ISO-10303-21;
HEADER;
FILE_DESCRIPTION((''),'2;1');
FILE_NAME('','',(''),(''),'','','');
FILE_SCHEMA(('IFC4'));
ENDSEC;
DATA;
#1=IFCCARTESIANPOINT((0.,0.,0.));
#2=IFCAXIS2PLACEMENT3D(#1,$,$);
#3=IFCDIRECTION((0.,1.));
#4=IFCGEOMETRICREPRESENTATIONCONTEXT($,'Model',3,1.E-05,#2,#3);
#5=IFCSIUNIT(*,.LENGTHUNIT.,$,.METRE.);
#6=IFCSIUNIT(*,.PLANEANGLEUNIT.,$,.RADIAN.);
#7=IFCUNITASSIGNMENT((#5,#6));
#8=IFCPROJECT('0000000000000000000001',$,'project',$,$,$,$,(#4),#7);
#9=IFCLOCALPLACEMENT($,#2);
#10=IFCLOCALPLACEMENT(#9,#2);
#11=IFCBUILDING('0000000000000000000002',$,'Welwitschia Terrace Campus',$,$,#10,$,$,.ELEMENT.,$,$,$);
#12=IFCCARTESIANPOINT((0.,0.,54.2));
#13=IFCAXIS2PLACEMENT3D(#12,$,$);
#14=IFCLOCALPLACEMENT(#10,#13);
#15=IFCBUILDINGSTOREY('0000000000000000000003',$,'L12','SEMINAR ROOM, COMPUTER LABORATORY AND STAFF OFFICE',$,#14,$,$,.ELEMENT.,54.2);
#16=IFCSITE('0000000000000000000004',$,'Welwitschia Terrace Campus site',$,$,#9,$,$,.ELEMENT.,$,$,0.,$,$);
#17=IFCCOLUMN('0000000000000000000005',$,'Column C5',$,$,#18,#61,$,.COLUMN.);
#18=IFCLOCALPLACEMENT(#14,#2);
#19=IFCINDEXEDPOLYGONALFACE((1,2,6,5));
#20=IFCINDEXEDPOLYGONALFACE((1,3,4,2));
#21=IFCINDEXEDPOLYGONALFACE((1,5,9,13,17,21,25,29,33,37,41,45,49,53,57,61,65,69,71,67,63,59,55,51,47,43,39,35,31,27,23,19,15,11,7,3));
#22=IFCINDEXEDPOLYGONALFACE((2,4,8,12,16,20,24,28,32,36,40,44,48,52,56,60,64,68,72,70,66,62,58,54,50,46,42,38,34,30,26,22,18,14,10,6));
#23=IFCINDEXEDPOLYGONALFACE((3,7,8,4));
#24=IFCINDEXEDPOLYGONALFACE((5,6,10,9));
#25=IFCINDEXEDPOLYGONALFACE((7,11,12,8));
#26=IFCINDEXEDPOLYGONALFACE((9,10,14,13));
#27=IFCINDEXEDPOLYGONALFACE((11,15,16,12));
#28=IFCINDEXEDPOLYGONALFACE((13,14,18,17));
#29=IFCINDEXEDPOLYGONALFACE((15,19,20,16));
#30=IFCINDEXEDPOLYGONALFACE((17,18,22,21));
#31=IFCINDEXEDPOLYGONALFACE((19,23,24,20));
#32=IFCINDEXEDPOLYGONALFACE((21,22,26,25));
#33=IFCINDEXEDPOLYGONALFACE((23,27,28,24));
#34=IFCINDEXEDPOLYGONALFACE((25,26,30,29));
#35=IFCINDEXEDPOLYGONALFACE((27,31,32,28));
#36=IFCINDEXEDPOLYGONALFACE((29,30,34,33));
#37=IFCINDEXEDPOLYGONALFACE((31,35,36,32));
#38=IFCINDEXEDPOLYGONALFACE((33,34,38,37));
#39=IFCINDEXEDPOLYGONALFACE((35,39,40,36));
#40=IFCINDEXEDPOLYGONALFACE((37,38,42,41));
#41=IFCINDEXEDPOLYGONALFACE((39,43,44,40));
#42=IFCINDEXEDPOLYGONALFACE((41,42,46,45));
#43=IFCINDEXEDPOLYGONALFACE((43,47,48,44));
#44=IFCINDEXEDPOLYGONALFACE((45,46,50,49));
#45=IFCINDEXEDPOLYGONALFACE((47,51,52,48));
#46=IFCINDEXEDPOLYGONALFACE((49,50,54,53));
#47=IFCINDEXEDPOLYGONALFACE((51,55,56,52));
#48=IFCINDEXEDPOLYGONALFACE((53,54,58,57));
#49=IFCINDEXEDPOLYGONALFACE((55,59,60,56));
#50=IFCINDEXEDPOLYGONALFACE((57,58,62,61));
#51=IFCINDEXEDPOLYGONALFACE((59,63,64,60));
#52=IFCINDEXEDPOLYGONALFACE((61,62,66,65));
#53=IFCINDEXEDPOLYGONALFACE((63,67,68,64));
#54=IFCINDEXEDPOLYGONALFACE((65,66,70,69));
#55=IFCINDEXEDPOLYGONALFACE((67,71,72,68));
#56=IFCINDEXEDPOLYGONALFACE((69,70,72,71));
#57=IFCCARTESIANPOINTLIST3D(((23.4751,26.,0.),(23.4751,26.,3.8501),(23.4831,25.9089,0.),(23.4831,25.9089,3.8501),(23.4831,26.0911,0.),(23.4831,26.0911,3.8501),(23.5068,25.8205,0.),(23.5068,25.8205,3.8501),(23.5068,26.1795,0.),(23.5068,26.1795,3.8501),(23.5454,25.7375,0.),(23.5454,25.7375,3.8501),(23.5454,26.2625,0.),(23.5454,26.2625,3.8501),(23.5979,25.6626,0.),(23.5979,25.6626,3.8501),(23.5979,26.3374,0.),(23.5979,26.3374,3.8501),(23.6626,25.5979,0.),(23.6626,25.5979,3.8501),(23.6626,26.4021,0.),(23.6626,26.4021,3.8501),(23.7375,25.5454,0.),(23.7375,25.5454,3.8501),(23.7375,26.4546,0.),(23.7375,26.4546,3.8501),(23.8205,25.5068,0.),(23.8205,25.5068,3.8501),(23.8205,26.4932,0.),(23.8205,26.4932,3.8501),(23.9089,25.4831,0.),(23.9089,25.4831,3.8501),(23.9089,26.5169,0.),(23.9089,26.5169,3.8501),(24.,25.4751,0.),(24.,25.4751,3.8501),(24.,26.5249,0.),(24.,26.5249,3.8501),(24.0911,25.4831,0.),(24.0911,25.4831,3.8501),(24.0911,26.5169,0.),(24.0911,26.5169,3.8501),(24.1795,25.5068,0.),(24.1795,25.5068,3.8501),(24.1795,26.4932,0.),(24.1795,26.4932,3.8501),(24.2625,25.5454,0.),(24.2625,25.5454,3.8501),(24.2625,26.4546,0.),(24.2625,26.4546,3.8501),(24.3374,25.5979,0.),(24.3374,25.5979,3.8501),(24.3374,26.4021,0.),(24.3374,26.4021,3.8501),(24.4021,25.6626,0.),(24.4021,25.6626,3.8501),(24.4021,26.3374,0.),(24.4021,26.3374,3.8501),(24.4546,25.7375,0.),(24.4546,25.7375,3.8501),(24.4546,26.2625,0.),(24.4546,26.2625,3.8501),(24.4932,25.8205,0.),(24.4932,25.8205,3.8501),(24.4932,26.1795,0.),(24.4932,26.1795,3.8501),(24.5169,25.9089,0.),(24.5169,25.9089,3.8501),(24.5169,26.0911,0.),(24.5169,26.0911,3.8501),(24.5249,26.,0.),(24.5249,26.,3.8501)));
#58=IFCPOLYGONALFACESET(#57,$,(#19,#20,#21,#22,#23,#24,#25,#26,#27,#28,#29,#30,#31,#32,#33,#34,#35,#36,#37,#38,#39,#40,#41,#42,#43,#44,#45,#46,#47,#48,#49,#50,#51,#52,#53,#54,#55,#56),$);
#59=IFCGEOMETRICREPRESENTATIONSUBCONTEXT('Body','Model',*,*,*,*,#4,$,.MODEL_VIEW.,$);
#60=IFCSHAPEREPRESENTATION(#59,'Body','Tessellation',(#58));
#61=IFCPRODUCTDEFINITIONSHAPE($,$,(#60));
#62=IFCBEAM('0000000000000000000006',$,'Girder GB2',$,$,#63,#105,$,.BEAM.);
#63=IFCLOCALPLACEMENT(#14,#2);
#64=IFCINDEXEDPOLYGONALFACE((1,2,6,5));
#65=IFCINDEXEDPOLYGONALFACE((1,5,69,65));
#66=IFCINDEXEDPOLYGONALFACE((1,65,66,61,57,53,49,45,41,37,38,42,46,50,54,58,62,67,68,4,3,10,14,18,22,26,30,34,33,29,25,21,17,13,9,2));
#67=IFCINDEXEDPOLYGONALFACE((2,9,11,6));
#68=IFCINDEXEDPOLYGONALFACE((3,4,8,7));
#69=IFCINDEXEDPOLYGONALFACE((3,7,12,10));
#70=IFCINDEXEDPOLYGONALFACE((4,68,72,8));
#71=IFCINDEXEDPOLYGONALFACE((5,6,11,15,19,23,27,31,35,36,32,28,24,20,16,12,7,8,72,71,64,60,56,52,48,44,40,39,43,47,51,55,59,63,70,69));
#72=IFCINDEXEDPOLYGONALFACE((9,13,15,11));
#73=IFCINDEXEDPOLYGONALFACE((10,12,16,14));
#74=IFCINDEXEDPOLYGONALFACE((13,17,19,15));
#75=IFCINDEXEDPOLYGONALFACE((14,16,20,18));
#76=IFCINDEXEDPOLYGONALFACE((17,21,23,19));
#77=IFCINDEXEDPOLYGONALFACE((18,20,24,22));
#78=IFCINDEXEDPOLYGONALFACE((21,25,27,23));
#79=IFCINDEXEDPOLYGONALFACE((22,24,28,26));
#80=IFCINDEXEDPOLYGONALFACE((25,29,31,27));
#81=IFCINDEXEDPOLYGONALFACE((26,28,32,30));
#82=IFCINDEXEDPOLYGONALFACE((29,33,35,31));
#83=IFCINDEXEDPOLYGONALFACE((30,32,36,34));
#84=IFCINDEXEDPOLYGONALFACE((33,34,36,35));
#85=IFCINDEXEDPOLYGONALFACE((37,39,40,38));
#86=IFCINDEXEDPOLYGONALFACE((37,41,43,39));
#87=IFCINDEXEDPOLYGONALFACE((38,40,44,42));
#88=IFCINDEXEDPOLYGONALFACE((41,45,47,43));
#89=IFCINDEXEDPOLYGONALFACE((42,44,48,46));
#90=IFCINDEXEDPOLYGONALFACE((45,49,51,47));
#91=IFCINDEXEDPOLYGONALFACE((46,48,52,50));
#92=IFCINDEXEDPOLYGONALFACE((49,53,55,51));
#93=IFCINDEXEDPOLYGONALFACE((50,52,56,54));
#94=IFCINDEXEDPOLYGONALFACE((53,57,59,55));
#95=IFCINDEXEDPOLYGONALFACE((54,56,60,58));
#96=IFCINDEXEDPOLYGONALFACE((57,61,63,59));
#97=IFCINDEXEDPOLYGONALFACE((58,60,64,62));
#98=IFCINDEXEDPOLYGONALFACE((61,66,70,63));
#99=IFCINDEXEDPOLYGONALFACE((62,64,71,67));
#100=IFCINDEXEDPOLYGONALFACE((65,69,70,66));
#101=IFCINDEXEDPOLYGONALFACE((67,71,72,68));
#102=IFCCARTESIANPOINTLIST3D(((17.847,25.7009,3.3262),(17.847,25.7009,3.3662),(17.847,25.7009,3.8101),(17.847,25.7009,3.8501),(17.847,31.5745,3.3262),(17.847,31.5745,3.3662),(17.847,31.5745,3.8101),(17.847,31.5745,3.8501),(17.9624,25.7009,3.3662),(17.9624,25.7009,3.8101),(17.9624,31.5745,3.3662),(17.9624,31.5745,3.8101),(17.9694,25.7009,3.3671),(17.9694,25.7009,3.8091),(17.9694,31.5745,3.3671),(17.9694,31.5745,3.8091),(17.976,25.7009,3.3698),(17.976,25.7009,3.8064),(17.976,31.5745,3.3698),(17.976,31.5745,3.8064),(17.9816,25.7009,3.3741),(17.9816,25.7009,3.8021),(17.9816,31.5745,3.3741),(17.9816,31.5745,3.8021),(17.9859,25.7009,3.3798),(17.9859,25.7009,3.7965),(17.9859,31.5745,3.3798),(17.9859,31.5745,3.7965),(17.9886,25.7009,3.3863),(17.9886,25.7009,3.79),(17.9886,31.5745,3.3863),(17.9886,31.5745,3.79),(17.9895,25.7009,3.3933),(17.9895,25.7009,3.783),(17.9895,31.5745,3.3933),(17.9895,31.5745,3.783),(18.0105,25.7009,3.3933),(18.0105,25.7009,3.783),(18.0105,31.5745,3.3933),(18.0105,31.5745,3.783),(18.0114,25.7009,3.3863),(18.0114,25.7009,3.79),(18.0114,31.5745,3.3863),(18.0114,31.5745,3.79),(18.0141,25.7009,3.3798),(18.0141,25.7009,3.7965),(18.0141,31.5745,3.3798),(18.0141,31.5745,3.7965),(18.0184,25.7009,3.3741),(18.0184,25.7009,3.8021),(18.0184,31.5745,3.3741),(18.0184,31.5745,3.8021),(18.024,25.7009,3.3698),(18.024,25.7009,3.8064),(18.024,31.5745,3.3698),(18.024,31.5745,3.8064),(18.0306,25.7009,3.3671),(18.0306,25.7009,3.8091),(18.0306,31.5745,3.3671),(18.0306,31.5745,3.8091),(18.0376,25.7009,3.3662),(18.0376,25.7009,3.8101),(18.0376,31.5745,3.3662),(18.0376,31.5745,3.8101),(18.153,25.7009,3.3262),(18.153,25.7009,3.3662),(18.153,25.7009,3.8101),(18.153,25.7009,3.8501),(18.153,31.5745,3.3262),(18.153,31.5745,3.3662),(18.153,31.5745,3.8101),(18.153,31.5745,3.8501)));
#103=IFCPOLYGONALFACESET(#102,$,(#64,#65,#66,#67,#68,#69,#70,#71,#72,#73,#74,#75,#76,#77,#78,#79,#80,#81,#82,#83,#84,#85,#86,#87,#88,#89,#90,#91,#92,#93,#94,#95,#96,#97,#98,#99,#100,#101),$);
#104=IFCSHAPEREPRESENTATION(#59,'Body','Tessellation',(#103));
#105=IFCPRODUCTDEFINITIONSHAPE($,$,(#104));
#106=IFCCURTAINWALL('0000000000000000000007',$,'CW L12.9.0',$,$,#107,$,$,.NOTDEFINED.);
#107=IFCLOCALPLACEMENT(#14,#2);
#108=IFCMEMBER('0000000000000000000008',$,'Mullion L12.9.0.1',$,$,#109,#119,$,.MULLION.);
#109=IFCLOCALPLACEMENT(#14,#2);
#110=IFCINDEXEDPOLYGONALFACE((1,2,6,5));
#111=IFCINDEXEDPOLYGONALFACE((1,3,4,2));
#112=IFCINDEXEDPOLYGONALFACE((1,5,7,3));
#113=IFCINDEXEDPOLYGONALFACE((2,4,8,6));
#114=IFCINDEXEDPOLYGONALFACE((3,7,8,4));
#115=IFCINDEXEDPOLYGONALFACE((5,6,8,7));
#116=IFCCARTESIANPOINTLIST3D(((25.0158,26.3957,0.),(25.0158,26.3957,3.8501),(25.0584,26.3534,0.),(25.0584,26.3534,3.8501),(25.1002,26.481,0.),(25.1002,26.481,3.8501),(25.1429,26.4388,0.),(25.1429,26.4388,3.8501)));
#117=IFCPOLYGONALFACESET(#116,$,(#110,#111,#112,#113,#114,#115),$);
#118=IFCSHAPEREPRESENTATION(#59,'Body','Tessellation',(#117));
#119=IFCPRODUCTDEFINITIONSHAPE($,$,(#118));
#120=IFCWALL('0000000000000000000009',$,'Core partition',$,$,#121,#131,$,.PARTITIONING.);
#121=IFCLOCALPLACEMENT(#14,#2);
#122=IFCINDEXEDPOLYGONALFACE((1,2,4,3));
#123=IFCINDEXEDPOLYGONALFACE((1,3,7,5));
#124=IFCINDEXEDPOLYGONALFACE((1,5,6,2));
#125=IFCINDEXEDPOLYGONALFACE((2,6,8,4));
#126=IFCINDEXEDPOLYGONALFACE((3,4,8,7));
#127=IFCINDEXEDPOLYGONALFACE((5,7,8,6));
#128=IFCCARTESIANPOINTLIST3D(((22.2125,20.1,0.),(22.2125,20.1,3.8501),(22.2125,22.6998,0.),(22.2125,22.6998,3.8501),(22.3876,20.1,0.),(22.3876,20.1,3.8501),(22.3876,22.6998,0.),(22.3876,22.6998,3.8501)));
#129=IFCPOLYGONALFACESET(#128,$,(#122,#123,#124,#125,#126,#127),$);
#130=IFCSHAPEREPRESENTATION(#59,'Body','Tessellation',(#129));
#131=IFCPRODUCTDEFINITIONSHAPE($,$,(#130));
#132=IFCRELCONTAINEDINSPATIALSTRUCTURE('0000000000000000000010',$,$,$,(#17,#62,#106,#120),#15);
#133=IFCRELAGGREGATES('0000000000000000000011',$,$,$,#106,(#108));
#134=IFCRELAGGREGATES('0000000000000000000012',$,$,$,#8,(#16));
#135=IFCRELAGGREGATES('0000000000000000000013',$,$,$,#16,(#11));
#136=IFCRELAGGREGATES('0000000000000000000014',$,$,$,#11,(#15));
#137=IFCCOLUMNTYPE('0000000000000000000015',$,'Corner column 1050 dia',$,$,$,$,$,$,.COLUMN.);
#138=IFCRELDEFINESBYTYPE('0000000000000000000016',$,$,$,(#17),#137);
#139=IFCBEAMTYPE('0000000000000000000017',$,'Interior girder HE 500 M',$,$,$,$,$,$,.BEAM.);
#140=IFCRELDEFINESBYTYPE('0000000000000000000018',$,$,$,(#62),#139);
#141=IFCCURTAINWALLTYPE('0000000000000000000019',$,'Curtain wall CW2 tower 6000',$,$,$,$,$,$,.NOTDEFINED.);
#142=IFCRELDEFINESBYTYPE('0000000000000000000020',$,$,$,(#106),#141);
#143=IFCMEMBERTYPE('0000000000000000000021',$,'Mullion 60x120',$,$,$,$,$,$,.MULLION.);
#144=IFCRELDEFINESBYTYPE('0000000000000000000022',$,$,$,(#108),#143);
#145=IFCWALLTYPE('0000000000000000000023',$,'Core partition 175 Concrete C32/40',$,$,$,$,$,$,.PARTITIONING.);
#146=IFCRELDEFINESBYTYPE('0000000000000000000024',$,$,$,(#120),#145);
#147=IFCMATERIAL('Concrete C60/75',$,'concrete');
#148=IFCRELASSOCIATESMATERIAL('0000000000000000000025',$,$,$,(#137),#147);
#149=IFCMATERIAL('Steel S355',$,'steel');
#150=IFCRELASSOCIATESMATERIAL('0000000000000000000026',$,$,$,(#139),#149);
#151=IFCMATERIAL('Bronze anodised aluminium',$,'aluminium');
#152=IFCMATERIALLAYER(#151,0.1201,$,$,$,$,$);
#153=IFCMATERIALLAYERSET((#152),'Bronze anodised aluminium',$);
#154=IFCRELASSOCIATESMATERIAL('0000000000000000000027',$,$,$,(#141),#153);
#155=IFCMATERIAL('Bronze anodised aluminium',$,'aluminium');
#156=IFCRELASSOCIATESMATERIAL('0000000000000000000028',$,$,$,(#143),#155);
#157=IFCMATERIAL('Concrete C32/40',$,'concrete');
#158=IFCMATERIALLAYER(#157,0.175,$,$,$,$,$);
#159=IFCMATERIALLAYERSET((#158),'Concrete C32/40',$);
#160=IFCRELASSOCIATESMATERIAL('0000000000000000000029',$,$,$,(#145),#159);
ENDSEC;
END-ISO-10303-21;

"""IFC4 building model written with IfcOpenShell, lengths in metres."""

from ifc_helpers import new_model, si_unit, direction, frame, frame_2d, origin, origin_2d, place, context, subcontext, project, spatial, rectangle, circle, i_section, extrude, material, layer, layer_set, material_profile, profile_set, type_object, element, aggregate, save


model = new_model("IFC4")

# Units and contexts
model_context = context("Model", 3, precision=1e-05, world=origin(), true_north=direction((0.0, 1.0)))
body_context = subcontext(model_context, "Body", "Model", "MODEL_VIEW")
ifc_project = project(units=[si_unit("LENGTHUNIT", "METRE"), si_unit("PLANEANGLEUNIT", "RADIAN")], contexts=[model_context])

# Site, building, storey
site_placement = place(None, origin())
site = spatial("IfcSite", under=ifc_project, at=site_placement, Name="Welwitschia Terrace Campus site", CompositionType="ELEMENT", RefElevation=0.0)
building_placement = place(site_placement, origin())
building = spatial("IfcBuilding", under=site, at=building_placement, Name="Welwitschia Terrace Campus", CompositionType="ELEMENT")
storey_placement = place(building_placement, frame((0.0, 0.0, 54.2)))
storey = spatial("IfcBuildingStorey", under=building, at=storey_placement, Name="L12", Description="SEMINAR ROOM, COMPUTER LABORATORY AND STAFF OFFICE", CompositionType="ELEMENT", Elevation=54.2)

# Column
ifc_material_1 = material(Name="Concrete C60/75", Category="concrete")
ifc_material_profile_1 = material_profile(ifc_material_1, circle(Radius=0.5249, at=origin_2d()))
ifc_profile_set_1 = profile_set([ifc_material_profile_1], Name="Concrete C60/75")
column_type = type_object("IfcColumnType", Name="Corner column 1050 dia", PredefinedType="COLUMN", material=ifc_profile_set_1)
column_placement = place(storey_placement, frame((24.0, 26.0, 0.0), z_axis=(0.0, 0.0, 1.0), x_axis=(1.0, 0.0, 0.0)))
element("IfcColumn", 1, at=column_placement, inside=storey, type_object=column_type, Name="Column C5", PredefinedType="COLUMN", context=body_context, shape_type="SweptSolid", body=[
    extrude(circle(Radius=0.5249, at=origin_2d()), origin(), (0.0, 0.0, 1.0), 3.8501),
])

# Beam
ifc_material_2 = material(Name="Steel S355", Category="steel")
ifc_material_profile_2 = material_profile(ifc_material_2, i_section(OverallWidth=0.3059, OverallDepth=0.5239, WebThickness=0.021, FlangeThickness=0.04, FilletRadius=0.0271, at=origin_2d()))
ifc_profile_set_2 = profile_set([ifc_material_profile_2], Name="Steel S355")
beam_type = type_object("IfcBeamType", Name="Interior girder HE 500 M", PredefinedType="BEAM", material=ifc_profile_set_2)
beam_placement = place(storey_placement, frame((18.0, 25.7009, 3.5881), z_axis=(0.0, 1.0, 0.0), x_axis=(-1.0, 0.0, 0.0)))
element("IfcBeam", 2, at=beam_placement, inside=storey, type_object=beam_type, Name="Girder GB2", PredefinedType="BEAM", context=body_context, shape_type="SweptSolid", body=[
    extrude(i_section(OverallWidth=0.3059, OverallDepth=0.5239, WebThickness=0.021, FlangeThickness=0.04, FilletRadius=0.0271, at=origin_2d()), origin(), (0.0, 0.0, 1.0), 5.8735),
])

# Curtain wall, member
ifc_material_3 = material(Name="Bronze anodised aluminium", Category="aluminium")
ifc_layer_1 = layer(ifc_material_3, 0.1201)
ifc_layer_set_1 = layer_set([ifc_layer_1], Name="Bronze anodised aluminium")
curtain_wall_type = type_object("IfcCurtainWallType", Name="Curtain wall CW2 tower 6000", PredefinedType="NOTDEFINED", material=ifc_layer_set_1)
curtain_wall_placement = place(storey_placement, origin())
curtain_wall = element("IfcCurtainWall", 3, at=curtain_wall_placement, inside=storey, type_object=curtain_wall_type, Name="CW L12.9.0", PredefinedType="NOTDEFINED")
ifc_material_4 = material(Name="Bronze anodised aluminium", Category="aluminium")
ifc_material_profile_3 = material_profile(ifc_material_4, rectangle(XDim=0.1201, YDim=0.0601, at=origin_2d()))
ifc_profile_set_3 = profile_set([ifc_material_profile_3], Name="Bronze anodised aluminium")
member_type = type_object("IfcMemberType", Name="Mullion 60x120", PredefinedType="MULLION", material=ifc_profile_set_3)
member_placement = place(storey_placement, frame((25.0793, 26.4172, 0.0), z_axis=(0.0, 0.0, 1.0), x_axis=(-0.703433, -0.710762, 0.0)))
member = element("IfcMember", 4, at=member_placement, type_object=member_type, Name="Mullion L12.9.0.1", PredefinedType="MULLION", context=body_context, shape_type="SweptSolid", body=[
    extrude(rectangle(XDim=0.1201, YDim=0.0601, at=origin_2d()), origin(), (0.0, 0.0, 1.0), 3.8501),
])
aggregate(curtain_wall, [member])

# Wall
ifc_material_5 = material(Name="Concrete C32/40", Category="concrete")
ifc_layer_2 = layer(ifc_material_5, 0.175)
ifc_layer_set_2 = layer_set([ifc_layer_2], Name="Concrete C32/40")
wall_type_1 = type_object("IfcWallType", Name="Core partition 175 Concrete C32/40", PredefinedType="PARTITIONING", material=ifc_layer_set_2)
wall_1_placement = place(storey_placement, frame((22.3, 20.1001, 0.0), z_axis=(0.0, 0.0, 1.0), x_axis=(0.0, 1.0, 0.0)))
element("IfcWall", 5, at=wall_1_placement, inside=storey, type_object=wall_type_1, Name="Core partition", PredefinedType="PARTITIONING", context=body_context, shape_type="SweptSolid", body=[
    extrude(rectangle(XDim=2.5999, YDim=0.175, at=frame_2d((1.2998, 0.0))), origin(), (0.0, 0.0, 1.0), 3.8501),
])

save(model, "model.ifc")
